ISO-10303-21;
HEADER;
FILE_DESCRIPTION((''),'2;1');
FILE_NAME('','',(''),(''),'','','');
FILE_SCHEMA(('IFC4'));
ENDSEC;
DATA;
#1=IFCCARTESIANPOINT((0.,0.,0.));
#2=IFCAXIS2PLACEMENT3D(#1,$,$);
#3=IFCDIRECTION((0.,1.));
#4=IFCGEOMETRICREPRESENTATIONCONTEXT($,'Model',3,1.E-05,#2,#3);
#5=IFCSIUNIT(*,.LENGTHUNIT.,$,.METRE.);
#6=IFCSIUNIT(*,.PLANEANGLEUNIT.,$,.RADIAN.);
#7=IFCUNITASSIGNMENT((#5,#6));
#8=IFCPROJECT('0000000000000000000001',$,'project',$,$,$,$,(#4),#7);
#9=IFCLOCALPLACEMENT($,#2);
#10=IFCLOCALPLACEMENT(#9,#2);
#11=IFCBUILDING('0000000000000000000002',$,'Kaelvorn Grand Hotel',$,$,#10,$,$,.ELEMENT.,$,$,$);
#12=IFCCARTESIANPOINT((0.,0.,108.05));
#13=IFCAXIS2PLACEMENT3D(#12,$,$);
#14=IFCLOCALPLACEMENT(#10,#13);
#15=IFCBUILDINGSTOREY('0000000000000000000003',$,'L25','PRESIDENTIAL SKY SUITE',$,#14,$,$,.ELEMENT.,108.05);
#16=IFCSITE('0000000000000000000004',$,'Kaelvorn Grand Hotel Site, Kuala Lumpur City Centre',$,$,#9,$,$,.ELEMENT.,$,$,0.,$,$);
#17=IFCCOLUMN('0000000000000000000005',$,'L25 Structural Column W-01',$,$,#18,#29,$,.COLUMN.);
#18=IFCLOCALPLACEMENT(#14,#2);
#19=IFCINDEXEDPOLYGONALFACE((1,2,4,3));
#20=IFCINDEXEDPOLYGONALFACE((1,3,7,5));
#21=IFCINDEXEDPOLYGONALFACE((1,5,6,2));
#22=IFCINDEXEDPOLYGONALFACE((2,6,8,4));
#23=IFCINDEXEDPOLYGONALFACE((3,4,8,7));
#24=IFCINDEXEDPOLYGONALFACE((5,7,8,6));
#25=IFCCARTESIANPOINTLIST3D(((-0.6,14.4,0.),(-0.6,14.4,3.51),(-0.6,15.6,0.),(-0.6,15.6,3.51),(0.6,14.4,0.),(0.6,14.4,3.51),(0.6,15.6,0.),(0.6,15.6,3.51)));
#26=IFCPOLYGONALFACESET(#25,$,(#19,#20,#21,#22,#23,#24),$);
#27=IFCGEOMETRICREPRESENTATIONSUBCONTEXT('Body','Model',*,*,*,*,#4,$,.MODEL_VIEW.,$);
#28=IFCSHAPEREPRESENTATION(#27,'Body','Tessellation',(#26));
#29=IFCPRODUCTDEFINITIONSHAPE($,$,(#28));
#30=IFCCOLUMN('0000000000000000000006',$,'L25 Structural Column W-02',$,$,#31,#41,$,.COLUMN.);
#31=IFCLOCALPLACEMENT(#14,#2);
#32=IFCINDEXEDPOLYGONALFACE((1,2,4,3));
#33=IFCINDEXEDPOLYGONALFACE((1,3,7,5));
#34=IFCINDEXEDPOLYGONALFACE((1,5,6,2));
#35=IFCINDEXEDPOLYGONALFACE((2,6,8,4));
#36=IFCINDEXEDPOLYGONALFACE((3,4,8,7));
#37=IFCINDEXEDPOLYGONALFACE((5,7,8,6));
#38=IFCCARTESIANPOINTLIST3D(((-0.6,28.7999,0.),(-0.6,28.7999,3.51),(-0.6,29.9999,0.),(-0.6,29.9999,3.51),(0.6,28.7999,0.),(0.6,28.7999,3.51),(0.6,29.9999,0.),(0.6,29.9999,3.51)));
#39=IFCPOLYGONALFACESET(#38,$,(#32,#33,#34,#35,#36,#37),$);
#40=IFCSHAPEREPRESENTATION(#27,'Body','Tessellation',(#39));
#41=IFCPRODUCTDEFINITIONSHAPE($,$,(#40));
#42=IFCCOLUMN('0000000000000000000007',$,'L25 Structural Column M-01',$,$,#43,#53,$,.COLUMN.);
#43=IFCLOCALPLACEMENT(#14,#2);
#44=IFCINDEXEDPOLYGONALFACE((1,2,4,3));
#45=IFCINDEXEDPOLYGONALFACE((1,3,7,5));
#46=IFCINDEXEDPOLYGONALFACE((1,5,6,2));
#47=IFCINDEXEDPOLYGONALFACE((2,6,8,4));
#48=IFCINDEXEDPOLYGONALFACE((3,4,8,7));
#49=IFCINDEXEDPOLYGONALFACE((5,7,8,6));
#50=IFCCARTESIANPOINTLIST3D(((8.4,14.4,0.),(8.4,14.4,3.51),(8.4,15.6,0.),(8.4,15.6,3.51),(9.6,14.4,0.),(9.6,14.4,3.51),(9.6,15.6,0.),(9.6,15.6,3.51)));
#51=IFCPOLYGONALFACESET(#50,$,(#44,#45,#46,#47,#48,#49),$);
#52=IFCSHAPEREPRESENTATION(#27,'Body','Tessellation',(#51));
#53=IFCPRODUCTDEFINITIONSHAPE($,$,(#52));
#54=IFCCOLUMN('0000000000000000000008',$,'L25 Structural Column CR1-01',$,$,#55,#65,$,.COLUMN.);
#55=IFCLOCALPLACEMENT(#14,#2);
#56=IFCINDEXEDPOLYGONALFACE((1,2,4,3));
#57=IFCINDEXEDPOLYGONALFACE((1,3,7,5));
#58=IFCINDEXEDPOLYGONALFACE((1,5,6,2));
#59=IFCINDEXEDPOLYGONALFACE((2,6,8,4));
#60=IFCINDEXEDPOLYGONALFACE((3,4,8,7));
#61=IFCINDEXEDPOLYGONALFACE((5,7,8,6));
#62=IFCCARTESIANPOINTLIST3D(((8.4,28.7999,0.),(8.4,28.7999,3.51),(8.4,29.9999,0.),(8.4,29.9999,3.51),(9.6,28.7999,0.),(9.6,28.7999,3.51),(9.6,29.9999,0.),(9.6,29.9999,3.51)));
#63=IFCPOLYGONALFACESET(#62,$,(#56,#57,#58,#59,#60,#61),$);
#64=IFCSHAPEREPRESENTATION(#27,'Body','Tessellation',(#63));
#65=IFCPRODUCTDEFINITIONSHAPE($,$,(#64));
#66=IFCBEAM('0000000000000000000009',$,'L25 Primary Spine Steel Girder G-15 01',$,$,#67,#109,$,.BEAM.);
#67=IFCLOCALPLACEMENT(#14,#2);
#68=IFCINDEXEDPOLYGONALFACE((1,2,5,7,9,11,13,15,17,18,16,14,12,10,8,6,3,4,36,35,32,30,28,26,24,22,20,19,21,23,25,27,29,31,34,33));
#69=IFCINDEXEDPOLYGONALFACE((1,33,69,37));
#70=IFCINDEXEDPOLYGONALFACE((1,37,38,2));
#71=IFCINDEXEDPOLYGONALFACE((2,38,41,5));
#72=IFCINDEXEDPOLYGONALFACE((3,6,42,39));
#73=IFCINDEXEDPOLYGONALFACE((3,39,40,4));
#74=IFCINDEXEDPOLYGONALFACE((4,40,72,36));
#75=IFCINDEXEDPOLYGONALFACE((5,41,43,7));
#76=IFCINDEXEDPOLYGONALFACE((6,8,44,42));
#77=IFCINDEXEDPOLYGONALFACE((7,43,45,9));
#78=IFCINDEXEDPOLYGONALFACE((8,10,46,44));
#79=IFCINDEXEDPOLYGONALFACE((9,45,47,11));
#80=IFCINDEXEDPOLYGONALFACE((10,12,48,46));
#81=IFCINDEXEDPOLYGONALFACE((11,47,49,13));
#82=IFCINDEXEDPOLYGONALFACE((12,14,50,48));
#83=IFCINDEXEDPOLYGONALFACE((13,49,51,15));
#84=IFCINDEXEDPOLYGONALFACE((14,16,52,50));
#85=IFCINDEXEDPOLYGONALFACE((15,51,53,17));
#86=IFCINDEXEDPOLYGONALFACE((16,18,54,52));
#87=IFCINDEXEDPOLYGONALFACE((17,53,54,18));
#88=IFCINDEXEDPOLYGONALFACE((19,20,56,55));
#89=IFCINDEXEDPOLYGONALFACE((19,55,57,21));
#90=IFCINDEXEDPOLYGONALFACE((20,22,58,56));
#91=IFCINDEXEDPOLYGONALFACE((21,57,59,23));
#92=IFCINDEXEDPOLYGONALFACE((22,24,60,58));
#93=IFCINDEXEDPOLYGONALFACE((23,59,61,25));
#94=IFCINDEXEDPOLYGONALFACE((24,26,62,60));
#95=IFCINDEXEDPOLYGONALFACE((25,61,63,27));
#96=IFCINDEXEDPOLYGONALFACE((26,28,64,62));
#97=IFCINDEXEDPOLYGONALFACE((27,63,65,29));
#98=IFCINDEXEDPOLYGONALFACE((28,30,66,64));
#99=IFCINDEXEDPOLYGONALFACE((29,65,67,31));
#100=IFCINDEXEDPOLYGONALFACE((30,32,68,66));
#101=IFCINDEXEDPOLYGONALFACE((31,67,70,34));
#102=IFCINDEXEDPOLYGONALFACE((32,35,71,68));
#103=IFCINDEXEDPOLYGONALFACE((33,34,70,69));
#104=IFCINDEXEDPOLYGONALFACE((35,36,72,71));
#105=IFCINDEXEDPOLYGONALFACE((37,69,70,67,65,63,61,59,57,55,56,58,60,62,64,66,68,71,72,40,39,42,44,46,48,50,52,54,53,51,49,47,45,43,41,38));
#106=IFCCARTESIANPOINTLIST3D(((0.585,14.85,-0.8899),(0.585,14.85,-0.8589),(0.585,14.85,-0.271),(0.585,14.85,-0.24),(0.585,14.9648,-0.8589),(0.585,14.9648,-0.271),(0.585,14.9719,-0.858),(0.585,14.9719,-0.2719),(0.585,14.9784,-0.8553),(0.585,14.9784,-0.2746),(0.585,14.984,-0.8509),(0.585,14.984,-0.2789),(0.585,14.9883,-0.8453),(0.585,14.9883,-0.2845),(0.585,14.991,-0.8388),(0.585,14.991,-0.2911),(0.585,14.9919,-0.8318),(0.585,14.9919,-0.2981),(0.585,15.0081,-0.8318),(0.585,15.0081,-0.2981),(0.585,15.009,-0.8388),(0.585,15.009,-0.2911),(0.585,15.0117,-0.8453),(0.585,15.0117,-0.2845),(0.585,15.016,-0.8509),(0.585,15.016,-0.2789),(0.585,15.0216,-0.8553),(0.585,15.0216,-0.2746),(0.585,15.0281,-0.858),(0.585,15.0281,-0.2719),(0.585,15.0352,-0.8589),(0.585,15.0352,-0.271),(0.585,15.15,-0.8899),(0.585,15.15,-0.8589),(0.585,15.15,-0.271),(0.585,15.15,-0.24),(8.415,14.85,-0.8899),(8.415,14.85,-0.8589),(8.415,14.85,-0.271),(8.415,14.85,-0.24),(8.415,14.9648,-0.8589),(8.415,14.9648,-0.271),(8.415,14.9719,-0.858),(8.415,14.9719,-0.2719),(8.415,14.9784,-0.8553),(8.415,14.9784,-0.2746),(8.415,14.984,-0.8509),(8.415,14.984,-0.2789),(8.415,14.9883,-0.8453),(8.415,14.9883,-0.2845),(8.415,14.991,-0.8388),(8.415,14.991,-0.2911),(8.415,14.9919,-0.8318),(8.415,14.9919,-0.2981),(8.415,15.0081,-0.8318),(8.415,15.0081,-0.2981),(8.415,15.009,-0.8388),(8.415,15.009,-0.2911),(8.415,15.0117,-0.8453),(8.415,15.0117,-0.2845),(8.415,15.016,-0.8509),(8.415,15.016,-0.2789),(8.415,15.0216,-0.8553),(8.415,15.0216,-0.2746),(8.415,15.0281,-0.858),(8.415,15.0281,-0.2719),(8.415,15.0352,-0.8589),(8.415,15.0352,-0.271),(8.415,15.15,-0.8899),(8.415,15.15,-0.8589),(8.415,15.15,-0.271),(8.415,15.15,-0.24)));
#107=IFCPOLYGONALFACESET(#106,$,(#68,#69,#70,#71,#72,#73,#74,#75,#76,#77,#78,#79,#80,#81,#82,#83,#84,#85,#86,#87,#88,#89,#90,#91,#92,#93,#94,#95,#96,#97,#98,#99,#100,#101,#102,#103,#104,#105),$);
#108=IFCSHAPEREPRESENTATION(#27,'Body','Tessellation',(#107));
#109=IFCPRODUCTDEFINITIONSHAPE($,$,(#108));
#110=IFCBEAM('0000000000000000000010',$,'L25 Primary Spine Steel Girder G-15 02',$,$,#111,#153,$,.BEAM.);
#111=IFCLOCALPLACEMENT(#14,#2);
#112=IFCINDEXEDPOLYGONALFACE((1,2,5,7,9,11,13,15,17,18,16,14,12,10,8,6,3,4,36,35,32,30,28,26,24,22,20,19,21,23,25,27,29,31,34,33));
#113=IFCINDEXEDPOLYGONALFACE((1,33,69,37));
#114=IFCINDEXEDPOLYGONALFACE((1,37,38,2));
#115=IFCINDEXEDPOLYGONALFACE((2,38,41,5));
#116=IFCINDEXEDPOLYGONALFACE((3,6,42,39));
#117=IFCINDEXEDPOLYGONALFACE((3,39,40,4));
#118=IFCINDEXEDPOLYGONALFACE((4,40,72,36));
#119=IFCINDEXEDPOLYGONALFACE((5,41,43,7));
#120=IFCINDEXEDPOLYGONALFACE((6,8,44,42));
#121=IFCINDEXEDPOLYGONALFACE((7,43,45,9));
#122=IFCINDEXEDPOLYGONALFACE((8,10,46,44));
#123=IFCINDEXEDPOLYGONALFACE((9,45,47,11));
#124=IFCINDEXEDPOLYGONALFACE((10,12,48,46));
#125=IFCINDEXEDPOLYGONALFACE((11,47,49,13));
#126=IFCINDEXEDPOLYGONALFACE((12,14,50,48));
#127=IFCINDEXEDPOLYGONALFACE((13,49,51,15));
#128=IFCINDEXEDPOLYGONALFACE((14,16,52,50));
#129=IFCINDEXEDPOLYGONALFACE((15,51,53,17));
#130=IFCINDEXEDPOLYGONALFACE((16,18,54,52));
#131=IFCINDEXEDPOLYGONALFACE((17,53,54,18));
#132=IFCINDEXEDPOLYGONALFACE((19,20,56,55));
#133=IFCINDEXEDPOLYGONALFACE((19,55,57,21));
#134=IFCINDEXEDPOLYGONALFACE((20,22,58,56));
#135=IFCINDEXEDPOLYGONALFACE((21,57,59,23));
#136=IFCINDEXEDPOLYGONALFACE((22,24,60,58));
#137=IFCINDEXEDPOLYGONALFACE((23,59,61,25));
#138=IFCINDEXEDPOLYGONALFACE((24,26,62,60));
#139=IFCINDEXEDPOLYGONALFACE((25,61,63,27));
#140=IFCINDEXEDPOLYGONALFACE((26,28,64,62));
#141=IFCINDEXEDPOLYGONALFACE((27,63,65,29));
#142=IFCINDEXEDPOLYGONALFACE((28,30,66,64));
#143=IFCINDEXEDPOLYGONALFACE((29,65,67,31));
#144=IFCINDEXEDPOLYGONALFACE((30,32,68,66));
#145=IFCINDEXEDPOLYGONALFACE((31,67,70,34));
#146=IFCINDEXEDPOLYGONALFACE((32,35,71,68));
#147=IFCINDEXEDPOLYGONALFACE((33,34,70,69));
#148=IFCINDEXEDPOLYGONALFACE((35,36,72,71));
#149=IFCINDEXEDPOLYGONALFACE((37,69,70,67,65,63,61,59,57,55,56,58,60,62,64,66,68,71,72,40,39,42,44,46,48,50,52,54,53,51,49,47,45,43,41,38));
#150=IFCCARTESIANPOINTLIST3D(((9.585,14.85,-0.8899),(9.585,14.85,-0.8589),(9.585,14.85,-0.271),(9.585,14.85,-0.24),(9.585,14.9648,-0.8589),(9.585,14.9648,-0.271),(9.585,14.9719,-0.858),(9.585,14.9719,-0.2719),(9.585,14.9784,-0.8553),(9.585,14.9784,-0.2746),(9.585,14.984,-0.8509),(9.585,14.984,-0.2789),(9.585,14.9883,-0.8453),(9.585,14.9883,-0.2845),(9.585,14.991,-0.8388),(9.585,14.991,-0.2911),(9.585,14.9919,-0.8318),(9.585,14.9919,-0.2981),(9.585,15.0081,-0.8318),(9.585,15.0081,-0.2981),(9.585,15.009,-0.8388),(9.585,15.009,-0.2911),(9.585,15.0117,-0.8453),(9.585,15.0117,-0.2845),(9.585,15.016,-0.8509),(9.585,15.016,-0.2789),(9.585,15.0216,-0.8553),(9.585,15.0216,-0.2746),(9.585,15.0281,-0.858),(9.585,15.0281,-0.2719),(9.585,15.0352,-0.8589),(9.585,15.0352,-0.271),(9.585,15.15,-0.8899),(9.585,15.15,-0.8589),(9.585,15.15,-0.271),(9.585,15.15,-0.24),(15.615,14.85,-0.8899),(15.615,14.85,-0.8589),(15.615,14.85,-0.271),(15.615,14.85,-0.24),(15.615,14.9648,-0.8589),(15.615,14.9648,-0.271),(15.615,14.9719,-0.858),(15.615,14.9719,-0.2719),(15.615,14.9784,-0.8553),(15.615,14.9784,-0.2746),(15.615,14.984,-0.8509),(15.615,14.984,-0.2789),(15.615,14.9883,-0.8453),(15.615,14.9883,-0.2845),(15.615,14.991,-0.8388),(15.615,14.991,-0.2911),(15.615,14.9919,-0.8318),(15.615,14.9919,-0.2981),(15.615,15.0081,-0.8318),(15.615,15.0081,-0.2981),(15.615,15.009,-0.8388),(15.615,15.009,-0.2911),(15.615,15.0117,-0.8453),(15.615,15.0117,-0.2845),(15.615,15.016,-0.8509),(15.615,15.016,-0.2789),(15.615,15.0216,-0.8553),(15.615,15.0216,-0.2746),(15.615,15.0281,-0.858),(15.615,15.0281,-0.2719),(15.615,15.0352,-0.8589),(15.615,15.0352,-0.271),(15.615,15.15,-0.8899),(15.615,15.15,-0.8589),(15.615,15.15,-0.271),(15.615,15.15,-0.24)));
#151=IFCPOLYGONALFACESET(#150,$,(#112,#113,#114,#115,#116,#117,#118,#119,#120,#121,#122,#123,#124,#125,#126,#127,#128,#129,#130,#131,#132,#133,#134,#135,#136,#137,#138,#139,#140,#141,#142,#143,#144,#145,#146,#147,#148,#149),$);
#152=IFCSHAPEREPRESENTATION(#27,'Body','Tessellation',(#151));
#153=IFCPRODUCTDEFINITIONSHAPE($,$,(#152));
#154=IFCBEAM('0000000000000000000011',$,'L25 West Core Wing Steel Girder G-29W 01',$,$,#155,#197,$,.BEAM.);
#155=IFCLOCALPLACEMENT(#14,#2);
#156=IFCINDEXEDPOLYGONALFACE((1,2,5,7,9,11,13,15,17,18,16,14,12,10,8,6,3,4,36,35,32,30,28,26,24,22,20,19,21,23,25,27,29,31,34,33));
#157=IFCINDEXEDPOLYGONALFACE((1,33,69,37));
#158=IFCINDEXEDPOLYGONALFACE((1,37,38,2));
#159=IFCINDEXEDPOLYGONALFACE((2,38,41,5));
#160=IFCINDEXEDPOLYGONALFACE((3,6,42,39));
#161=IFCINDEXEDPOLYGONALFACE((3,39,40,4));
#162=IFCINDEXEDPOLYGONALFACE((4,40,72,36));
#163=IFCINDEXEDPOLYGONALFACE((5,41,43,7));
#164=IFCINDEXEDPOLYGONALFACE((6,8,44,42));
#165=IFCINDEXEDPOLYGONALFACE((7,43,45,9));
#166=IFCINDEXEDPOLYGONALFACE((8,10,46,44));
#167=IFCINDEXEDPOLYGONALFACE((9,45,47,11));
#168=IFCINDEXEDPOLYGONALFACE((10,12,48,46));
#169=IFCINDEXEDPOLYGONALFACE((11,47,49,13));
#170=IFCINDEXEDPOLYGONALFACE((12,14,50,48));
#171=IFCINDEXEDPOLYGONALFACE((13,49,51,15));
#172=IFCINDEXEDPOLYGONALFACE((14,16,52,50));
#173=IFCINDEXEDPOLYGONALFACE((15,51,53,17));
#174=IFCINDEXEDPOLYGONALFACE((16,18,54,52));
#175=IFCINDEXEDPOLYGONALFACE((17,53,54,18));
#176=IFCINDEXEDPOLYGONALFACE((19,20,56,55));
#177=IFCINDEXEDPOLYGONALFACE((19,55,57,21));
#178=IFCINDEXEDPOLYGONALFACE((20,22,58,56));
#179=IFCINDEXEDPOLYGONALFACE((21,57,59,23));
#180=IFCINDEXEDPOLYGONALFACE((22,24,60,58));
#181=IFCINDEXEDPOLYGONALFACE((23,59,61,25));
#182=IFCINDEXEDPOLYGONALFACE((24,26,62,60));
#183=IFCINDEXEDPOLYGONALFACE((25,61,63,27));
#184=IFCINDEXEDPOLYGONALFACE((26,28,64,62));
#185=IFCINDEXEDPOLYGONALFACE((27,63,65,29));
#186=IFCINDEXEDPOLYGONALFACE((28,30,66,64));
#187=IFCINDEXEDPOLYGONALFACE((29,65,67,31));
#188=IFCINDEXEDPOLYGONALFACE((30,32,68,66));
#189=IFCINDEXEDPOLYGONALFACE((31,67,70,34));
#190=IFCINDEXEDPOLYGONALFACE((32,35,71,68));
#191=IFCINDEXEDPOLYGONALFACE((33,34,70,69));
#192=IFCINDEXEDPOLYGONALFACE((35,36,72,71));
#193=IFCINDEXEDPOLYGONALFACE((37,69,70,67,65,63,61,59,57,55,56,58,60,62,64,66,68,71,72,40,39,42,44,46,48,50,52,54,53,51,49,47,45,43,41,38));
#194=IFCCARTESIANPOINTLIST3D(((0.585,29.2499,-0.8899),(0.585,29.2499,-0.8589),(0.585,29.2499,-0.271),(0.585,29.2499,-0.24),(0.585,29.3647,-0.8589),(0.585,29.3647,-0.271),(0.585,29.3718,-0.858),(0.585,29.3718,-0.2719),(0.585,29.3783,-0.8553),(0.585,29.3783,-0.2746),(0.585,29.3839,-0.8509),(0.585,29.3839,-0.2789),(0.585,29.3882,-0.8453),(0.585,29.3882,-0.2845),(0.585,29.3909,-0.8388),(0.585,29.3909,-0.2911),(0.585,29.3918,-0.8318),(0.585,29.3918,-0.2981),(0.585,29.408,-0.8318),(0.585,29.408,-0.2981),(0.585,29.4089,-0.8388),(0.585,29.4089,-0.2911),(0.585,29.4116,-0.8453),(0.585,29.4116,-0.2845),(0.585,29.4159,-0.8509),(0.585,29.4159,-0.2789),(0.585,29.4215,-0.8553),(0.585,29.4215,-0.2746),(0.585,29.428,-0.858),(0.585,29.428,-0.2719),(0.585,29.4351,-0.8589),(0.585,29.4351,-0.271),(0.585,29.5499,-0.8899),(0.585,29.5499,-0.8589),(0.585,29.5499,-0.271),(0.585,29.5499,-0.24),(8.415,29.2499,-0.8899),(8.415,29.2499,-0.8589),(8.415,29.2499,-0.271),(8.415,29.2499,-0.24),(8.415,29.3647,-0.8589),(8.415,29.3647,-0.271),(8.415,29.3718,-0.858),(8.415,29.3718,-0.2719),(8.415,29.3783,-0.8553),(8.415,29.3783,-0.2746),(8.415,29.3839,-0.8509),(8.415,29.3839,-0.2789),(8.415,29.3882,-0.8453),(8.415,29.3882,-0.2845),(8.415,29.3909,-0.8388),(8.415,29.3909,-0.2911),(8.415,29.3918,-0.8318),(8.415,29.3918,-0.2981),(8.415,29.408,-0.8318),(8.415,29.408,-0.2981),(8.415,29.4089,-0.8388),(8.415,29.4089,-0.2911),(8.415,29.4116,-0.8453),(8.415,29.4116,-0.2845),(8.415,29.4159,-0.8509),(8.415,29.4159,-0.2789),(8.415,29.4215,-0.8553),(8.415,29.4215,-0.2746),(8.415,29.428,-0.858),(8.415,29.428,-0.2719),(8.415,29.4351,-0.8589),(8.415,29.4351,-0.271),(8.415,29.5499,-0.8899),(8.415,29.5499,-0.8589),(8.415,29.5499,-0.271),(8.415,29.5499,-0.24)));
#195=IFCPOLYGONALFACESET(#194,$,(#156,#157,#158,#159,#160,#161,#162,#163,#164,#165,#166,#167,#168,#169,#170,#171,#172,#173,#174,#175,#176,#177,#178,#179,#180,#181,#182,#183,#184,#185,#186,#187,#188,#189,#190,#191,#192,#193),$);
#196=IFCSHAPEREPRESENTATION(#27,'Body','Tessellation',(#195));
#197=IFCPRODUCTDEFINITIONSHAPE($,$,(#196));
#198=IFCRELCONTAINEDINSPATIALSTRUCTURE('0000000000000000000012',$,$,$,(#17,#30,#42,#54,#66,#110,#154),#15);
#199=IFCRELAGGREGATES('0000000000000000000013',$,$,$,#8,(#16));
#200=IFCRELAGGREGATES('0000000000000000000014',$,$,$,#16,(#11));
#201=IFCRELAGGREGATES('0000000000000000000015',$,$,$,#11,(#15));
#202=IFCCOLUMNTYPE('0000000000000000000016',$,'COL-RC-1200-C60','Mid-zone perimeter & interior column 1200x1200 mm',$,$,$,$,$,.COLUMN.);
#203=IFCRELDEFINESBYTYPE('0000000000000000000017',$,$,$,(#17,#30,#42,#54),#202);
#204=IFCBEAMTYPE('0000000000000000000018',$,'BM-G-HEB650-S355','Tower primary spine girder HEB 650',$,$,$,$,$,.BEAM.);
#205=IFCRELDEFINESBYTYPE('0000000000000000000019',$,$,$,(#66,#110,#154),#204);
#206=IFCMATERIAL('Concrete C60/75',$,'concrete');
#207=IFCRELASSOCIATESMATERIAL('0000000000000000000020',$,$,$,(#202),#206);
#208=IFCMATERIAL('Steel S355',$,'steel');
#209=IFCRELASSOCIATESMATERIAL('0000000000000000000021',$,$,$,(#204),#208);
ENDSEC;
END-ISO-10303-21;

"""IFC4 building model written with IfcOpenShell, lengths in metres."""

from ifc_helpers import new_model, si_unit, direction, frame, origin, origin_2d, place, context, subcontext, project, spatial, rectangle, i_section, extrude, material, material_profile, profile_set, type_object, element, save


model = new_model("IFC4")

# Units and contexts
model_context = context("Model", 3, precision=1e-05, world=origin(), true_north=direction((0.0, 1.0)))
body_context = subcontext(model_context, "Body", "Model", "MODEL_VIEW")
ifc_project = project(units=[si_unit("LENGTHUNIT", "METRE"), si_unit("PLANEANGLEUNIT", "RADIAN")], contexts=[model_context])

# Site, building, storey
site_placement = place(None, origin())
site = spatial("IfcSite", under=ifc_project, at=site_placement, Name="Kaelvorn Grand Hotel Site, Kuala Lumpur City Centre", CompositionType="ELEMENT", RefElevation=0.0)
building_placement = place(site_placement, origin())
building = spatial("IfcBuilding", under=site, at=building_placement, Name="Kaelvorn Grand Hotel", CompositionType="ELEMENT")
storey_placement = place(building_placement, frame((0.0, 0.0, 108.05)))
storey = spatial("IfcBuildingStorey", under=building, at=storey_placement, Name="L25", Description="PRESIDENTIAL SKY SUITE", CompositionType="ELEMENT", Elevation=108.05)

# Columns
ifc_material_1 = material(Name="Concrete C60/75", Category="concrete")
ifc_material_profile_1 = material_profile(ifc_material_1, rectangle(XDim=1.2, YDim=1.2, at=origin_2d()), Name="RC COL 1200x1200")
ifc_profile_set_1 = profile_set([ifc_material_profile_1], Name="Concrete C60/75")
column_type = type_object("IfcColumnType", Name="COL-RC-1200-C60", Description="Mid-zone perimeter & interior column 1200x1200 mm", PredefinedType="COLUMN", material=ifc_profile_set_1)
for number, where, z_axis, x_axis, name in (
    (1, (0.0, 15.0, 0.0), (0.0, 0.0, 1.0), (1.0, 0.0, 0.0), "L25 Structural Column W-01"),
    (2, (0.0, 29.3999, 0.0), (0.0, 0.0, 1.0), (1.0, 0.0, 0.0), "L25 Structural Column W-02"),
    (3, (9.0, 15.0, 0.0), (0.0, 0.0, 1.0), (1.0, 0.0, 0.0), "L25 Structural Column M-01"),
    (4, (9.0, 29.3999, 0.0), (0.0, 0.0, 1.0), (1.0, 0.0, 0.0), "L25 Structural Column CR1-01"),
):
    element("IfcColumn", number, at=place(storey_placement, frame(where, z_axis=z_axis, x_axis=x_axis)), inside=storey, type_object=column_type, Name=name, PredefinedType="COLUMN", context=body_context, shape_type="SweptSolid", body=[
        extrude(rectangle(XDim=1.2, YDim=1.2, at=origin_2d()), origin(), (0.0, 0.0, 1.0), 3.51),
    ])

# Beams
ifc_material_2 = material(Name="Steel S355", Category="steel")
ifc_material_profile_2 = material_profile(ifc_material_2, i_section(OverallWidth=0.3, OverallDepth=0.6499, WebThickness=0.0161, FlangeThickness=0.031, FilletRadius=0.0271, at=origin_2d()), Name="HEB 650")
ifc_profile_set_2 = profile_set([ifc_material_profile_2], Name="Steel S355")
beam_type_1 = type_object("IfcBeamType", Name="BM-G-HEB650-S355", Description="Tower primary spine girder HEB 650", PredefinedType="BEAM", material=ifc_profile_set_2)
beam_1_placement = place(storey_placement, frame((0.585, 15.0, -0.5649), z_axis=(1.0, 0.0, 0.0), x_axis=(0.0, 1.0, 0.0)))
element("IfcBeam", 5, at=beam_1_placement, inside=storey, type_object=beam_type_1, Name="L25 Primary Spine Steel Girder G-15 01", PredefinedType="BEAM", context=body_context, shape_type="SweptSolid", body=[
    extrude(i_section(OverallWidth=0.3, OverallDepth=0.6499, WebThickness=0.0161, FlangeThickness=0.031, FilletRadius=0.0271, at=origin_2d()), origin(), (0.0, 0.0, 1.0), 7.8301),
])
beam_2_placement = place(storey_placement, frame((9.585, 15.0, -0.5649), z_axis=(1.0, 0.0, 0.0), x_axis=(0.0, 1.0, 0.0)))
element("IfcBeam", 6, at=beam_2_placement, inside=storey, type_object=beam_type_1, Name="L25 Primary Spine Steel Girder G-15 02", PredefinedType="BEAM", context=body_context, shape_type="SweptSolid", body=[
    extrude(i_section(OverallWidth=0.3, OverallDepth=0.6499, WebThickness=0.0161, FlangeThickness=0.031, FilletRadius=0.0271, at=origin_2d()), origin(), (0.0, 0.0, 1.0), 6.03),
])
beam_3_placement = place(storey_placement, frame((0.585, 29.3999, -0.5649), z_axis=(1.0, 0.0, 0.0), x_axis=(0.0, 1.0, 0.0)))
element("IfcBeam", 7, at=beam_3_placement, inside=storey, type_object=beam_type_1, Name="L25 West Core Wing Steel Girder G-29W 01", PredefinedType="BEAM", context=body_context, shape_type="SweptSolid", body=[
    extrude(i_section(OverallWidth=0.3, OverallDepth=0.6499, WebThickness=0.0161, FlangeThickness=0.031, FilletRadius=0.0271, at=origin_2d()), origin(), (0.0, 0.0, 1.0), 7.8301),
])

save(model, "model.ifc")
